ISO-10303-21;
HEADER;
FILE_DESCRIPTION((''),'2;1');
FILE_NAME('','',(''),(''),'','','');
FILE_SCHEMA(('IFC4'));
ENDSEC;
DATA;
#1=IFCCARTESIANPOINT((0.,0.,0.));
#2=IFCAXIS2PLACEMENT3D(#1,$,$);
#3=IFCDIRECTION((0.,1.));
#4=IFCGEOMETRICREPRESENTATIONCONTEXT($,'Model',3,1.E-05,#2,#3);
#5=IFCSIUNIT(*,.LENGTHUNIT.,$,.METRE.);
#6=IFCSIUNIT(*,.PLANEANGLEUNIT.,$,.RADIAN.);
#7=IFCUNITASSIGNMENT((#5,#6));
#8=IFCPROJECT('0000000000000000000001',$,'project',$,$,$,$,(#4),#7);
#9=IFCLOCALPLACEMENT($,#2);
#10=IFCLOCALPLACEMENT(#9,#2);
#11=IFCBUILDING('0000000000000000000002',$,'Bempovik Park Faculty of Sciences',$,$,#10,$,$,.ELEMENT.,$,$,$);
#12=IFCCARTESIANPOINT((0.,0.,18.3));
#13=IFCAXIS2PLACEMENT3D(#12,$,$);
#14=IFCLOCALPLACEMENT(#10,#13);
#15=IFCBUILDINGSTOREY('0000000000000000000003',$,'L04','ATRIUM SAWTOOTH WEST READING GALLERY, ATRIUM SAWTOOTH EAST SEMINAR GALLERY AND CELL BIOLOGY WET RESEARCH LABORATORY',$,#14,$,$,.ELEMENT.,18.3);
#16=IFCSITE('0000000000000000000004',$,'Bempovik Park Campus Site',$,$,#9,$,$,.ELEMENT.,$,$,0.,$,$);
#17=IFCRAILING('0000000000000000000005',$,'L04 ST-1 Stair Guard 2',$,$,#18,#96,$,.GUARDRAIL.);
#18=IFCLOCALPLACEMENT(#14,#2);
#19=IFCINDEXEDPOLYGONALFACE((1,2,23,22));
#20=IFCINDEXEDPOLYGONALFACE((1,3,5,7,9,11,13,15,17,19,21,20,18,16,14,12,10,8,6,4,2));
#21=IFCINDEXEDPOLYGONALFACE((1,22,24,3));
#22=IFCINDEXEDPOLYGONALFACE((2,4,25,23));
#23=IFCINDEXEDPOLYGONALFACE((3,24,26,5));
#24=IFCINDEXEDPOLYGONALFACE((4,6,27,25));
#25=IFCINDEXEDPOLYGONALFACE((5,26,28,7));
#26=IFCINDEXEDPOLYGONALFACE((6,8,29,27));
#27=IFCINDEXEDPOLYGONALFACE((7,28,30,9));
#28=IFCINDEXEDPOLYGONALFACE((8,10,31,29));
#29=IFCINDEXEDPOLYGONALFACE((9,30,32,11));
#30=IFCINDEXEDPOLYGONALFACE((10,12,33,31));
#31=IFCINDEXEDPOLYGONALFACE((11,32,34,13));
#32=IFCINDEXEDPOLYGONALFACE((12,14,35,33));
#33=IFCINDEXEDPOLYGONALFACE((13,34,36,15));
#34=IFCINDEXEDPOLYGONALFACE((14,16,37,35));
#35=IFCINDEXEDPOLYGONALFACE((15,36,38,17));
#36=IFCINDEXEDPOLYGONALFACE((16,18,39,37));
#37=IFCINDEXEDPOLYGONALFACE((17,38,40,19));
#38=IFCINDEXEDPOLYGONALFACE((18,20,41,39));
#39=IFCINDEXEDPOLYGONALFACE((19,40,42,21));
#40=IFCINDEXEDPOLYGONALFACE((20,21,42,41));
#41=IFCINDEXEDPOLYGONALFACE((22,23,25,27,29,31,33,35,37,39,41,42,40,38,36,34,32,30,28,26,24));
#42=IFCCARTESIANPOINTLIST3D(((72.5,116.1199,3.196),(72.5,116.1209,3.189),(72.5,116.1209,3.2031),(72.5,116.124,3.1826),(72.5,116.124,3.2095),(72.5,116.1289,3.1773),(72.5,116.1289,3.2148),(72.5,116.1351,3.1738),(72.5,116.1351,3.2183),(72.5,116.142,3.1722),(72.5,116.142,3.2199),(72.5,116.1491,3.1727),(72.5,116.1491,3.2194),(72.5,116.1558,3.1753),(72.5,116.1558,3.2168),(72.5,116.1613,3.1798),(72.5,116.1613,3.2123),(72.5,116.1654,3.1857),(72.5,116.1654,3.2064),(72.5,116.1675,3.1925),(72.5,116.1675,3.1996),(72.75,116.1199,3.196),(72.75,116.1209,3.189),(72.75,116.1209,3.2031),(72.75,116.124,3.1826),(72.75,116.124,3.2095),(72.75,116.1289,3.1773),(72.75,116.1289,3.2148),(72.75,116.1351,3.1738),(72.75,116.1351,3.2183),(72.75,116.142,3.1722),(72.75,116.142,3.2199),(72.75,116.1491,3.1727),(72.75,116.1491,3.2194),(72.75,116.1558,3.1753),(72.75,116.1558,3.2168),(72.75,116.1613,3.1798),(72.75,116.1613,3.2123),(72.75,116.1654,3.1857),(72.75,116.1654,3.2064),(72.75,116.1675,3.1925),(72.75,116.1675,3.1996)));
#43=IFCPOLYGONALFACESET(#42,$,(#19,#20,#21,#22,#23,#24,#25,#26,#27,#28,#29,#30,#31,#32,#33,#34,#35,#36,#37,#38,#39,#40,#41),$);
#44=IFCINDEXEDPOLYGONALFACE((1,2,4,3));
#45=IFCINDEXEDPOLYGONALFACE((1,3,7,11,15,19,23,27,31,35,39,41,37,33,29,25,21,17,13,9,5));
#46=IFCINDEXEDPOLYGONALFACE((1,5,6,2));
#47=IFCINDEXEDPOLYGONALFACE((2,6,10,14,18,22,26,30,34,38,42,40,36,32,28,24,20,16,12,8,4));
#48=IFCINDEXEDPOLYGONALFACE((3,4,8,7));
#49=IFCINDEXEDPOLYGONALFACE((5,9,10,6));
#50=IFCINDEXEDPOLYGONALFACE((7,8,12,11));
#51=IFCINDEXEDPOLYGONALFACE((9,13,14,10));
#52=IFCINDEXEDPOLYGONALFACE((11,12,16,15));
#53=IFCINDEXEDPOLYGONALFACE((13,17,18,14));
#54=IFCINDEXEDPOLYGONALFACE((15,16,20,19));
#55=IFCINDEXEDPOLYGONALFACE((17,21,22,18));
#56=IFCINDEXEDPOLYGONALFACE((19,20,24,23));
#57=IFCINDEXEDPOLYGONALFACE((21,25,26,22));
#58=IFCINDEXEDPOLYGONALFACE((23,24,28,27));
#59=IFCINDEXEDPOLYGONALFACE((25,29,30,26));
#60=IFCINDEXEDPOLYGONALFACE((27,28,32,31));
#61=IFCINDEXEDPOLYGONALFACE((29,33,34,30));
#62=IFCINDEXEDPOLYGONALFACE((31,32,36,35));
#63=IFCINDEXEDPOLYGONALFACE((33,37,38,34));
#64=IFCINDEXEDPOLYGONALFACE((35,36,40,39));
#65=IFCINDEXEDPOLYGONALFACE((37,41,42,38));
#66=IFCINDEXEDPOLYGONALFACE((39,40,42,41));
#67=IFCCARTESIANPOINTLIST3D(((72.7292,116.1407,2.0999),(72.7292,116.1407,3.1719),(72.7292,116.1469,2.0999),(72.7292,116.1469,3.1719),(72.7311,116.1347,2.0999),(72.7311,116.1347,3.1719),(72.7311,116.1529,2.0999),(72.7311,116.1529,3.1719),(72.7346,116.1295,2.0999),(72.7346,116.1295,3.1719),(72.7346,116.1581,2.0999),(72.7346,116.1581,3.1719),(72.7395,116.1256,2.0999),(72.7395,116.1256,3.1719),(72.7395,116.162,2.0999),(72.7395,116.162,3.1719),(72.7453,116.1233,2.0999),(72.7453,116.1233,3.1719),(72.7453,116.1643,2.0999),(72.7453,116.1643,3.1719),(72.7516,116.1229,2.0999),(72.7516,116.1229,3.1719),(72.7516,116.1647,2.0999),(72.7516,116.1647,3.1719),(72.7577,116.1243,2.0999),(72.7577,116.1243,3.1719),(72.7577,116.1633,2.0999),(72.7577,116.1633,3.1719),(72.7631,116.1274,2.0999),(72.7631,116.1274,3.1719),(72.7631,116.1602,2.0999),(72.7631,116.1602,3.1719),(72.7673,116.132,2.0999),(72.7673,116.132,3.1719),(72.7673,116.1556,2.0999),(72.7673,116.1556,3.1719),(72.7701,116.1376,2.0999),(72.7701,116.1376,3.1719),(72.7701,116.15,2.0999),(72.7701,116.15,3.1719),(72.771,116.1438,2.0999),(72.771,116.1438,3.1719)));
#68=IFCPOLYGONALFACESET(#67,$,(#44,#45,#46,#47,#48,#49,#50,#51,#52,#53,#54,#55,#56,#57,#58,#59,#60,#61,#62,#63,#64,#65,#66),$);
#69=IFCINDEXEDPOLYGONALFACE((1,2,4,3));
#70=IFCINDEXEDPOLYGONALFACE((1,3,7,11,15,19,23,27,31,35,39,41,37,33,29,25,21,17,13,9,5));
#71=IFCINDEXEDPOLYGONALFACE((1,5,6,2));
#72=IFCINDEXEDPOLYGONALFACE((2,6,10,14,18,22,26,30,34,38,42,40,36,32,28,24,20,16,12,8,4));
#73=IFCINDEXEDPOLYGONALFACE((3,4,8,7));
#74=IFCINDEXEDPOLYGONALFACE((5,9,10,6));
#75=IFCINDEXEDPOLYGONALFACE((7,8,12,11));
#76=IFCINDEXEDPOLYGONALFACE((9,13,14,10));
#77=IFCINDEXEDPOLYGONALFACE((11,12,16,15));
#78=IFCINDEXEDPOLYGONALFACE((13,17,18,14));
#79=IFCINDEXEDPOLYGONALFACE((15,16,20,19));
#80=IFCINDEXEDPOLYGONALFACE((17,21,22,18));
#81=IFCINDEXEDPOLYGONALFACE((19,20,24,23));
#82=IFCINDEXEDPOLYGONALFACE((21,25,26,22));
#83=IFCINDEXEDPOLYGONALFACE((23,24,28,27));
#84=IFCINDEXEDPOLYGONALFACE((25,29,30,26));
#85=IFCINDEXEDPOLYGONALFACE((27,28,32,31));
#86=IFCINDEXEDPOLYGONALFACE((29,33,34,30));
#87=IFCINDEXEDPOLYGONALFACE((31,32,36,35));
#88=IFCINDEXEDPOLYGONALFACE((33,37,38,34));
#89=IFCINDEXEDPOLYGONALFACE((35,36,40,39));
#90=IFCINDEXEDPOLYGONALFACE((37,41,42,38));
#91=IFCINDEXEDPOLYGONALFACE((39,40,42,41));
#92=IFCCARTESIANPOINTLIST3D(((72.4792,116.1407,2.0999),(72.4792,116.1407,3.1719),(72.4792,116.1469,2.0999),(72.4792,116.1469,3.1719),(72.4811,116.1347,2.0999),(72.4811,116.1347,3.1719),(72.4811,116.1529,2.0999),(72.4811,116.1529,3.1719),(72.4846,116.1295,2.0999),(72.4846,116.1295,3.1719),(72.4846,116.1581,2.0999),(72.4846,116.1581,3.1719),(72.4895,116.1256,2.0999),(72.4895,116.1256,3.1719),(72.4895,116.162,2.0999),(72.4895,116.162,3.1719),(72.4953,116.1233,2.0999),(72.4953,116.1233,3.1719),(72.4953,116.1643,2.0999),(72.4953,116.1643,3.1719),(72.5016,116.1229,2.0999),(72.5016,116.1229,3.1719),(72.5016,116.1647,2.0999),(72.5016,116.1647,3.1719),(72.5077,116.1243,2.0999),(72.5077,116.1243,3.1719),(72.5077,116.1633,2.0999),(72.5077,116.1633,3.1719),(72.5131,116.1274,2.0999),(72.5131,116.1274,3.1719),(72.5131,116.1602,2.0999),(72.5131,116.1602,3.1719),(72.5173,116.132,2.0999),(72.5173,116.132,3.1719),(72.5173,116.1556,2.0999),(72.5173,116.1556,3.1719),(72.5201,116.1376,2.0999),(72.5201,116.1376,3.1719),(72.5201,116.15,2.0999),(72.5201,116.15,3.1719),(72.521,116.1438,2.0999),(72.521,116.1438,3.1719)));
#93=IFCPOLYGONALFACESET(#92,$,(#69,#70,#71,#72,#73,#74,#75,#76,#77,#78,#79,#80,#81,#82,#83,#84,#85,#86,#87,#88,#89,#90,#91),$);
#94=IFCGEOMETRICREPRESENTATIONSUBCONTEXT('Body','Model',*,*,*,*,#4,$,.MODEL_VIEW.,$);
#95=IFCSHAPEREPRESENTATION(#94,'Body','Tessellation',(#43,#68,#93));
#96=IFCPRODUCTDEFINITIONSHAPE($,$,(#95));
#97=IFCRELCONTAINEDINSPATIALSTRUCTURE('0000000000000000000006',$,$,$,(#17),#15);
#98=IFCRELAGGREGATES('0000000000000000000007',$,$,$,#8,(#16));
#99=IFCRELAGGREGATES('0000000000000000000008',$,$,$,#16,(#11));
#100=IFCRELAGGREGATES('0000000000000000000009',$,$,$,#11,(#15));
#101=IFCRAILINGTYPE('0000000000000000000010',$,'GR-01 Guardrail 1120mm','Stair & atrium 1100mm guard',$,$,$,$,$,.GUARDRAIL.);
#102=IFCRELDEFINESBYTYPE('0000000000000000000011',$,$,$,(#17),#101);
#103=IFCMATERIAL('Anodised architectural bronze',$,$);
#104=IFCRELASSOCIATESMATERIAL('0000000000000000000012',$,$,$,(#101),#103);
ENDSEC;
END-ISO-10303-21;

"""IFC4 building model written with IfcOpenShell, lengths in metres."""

from ifc_helpers import new_model, si_unit, direction, frame, origin, origin_2d, place, context, subcontext, project, spatial, circle, extrude, material, type_object, element, save


model = new_model("IFC4")

# Units and contexts
model_context = context("Model", 3, precision=1e-05, world=origin(), true_north=direction((0.0, 1.0)))
body_context = subcontext(model_context, "Body", "Model", "MODEL_VIEW")
ifc_project = project(units=[si_unit("LENGTHUNIT", "METRE"), si_unit("PLANEANGLEUNIT", "RADIAN")], contexts=[model_context])

# Site, building, storey
site_placement = place(None, origin())
site = spatial("IfcSite", under=ifc_project, at=site_placement, Name="Bempovik Park Campus Site", CompositionType="ELEMENT", RefElevation=0.0)
building_placement = place(site_placement, origin())
building = spatial("IfcBuilding", under=site, at=building_placement, Name="Bempovik Park Faculty of Sciences", CompositionType="ELEMENT")
storey_placement = place(building_placement, frame((0.0, 0.0, 18.3)))
storey = spatial("IfcBuildingStorey", under=building, at=storey_placement, Name="L04", Description="ATRIUM SAWTOOTH WEST READING GALLERY, ATRIUM SAWTOOTH EAST SEMINAR GALLERY AND CELL BIOLOGY WET RESEARCH LABORATORY", CompositionType="ELEMENT", Elevation=18.3)

# Railing
ifc_material_1 = material(Name="Anodised architectural bronze")
railing_type_1 = type_object("IfcRailingType", Name="GR-01 Guardrail 1120mm", Description="Stair & atrium 1100mm guard", PredefinedType="GUARDRAIL", material=ifc_material_1)
railing_1_placement = place(storey_placement, frame((72.75, 116.1438, 2.0999)))
element("IfcRailing", 1, at=railing_1_placement, inside=storey, type_object=railing_type_1, Name="L04 ST-1 Stair Guard 2", PredefinedType="GUARDRAIL", context=body_context, shape_type="SweptSolid", body=[
    extrude(circle(Radius=0.0239, at=origin_2d()), frame((0.0, 0.0, 1.0962), z_axis=(-1.0, 0.0, 0.0), x_axis=(0.0, -1.0, 0.0)), (0.0, 0.0, 1.0), 0.25),
    extrude(circle(Radius=0.021, at=origin_2d()), origin(), (0.0, 0.0, 1.0), 1.072),
    extrude(circle(Radius=0.021, at=origin_2d()), frame((-0.25, 0.0, 0.0)), (0.0, 0.0, 1.0), 1.072),
])

save(model, "model.ifc")
